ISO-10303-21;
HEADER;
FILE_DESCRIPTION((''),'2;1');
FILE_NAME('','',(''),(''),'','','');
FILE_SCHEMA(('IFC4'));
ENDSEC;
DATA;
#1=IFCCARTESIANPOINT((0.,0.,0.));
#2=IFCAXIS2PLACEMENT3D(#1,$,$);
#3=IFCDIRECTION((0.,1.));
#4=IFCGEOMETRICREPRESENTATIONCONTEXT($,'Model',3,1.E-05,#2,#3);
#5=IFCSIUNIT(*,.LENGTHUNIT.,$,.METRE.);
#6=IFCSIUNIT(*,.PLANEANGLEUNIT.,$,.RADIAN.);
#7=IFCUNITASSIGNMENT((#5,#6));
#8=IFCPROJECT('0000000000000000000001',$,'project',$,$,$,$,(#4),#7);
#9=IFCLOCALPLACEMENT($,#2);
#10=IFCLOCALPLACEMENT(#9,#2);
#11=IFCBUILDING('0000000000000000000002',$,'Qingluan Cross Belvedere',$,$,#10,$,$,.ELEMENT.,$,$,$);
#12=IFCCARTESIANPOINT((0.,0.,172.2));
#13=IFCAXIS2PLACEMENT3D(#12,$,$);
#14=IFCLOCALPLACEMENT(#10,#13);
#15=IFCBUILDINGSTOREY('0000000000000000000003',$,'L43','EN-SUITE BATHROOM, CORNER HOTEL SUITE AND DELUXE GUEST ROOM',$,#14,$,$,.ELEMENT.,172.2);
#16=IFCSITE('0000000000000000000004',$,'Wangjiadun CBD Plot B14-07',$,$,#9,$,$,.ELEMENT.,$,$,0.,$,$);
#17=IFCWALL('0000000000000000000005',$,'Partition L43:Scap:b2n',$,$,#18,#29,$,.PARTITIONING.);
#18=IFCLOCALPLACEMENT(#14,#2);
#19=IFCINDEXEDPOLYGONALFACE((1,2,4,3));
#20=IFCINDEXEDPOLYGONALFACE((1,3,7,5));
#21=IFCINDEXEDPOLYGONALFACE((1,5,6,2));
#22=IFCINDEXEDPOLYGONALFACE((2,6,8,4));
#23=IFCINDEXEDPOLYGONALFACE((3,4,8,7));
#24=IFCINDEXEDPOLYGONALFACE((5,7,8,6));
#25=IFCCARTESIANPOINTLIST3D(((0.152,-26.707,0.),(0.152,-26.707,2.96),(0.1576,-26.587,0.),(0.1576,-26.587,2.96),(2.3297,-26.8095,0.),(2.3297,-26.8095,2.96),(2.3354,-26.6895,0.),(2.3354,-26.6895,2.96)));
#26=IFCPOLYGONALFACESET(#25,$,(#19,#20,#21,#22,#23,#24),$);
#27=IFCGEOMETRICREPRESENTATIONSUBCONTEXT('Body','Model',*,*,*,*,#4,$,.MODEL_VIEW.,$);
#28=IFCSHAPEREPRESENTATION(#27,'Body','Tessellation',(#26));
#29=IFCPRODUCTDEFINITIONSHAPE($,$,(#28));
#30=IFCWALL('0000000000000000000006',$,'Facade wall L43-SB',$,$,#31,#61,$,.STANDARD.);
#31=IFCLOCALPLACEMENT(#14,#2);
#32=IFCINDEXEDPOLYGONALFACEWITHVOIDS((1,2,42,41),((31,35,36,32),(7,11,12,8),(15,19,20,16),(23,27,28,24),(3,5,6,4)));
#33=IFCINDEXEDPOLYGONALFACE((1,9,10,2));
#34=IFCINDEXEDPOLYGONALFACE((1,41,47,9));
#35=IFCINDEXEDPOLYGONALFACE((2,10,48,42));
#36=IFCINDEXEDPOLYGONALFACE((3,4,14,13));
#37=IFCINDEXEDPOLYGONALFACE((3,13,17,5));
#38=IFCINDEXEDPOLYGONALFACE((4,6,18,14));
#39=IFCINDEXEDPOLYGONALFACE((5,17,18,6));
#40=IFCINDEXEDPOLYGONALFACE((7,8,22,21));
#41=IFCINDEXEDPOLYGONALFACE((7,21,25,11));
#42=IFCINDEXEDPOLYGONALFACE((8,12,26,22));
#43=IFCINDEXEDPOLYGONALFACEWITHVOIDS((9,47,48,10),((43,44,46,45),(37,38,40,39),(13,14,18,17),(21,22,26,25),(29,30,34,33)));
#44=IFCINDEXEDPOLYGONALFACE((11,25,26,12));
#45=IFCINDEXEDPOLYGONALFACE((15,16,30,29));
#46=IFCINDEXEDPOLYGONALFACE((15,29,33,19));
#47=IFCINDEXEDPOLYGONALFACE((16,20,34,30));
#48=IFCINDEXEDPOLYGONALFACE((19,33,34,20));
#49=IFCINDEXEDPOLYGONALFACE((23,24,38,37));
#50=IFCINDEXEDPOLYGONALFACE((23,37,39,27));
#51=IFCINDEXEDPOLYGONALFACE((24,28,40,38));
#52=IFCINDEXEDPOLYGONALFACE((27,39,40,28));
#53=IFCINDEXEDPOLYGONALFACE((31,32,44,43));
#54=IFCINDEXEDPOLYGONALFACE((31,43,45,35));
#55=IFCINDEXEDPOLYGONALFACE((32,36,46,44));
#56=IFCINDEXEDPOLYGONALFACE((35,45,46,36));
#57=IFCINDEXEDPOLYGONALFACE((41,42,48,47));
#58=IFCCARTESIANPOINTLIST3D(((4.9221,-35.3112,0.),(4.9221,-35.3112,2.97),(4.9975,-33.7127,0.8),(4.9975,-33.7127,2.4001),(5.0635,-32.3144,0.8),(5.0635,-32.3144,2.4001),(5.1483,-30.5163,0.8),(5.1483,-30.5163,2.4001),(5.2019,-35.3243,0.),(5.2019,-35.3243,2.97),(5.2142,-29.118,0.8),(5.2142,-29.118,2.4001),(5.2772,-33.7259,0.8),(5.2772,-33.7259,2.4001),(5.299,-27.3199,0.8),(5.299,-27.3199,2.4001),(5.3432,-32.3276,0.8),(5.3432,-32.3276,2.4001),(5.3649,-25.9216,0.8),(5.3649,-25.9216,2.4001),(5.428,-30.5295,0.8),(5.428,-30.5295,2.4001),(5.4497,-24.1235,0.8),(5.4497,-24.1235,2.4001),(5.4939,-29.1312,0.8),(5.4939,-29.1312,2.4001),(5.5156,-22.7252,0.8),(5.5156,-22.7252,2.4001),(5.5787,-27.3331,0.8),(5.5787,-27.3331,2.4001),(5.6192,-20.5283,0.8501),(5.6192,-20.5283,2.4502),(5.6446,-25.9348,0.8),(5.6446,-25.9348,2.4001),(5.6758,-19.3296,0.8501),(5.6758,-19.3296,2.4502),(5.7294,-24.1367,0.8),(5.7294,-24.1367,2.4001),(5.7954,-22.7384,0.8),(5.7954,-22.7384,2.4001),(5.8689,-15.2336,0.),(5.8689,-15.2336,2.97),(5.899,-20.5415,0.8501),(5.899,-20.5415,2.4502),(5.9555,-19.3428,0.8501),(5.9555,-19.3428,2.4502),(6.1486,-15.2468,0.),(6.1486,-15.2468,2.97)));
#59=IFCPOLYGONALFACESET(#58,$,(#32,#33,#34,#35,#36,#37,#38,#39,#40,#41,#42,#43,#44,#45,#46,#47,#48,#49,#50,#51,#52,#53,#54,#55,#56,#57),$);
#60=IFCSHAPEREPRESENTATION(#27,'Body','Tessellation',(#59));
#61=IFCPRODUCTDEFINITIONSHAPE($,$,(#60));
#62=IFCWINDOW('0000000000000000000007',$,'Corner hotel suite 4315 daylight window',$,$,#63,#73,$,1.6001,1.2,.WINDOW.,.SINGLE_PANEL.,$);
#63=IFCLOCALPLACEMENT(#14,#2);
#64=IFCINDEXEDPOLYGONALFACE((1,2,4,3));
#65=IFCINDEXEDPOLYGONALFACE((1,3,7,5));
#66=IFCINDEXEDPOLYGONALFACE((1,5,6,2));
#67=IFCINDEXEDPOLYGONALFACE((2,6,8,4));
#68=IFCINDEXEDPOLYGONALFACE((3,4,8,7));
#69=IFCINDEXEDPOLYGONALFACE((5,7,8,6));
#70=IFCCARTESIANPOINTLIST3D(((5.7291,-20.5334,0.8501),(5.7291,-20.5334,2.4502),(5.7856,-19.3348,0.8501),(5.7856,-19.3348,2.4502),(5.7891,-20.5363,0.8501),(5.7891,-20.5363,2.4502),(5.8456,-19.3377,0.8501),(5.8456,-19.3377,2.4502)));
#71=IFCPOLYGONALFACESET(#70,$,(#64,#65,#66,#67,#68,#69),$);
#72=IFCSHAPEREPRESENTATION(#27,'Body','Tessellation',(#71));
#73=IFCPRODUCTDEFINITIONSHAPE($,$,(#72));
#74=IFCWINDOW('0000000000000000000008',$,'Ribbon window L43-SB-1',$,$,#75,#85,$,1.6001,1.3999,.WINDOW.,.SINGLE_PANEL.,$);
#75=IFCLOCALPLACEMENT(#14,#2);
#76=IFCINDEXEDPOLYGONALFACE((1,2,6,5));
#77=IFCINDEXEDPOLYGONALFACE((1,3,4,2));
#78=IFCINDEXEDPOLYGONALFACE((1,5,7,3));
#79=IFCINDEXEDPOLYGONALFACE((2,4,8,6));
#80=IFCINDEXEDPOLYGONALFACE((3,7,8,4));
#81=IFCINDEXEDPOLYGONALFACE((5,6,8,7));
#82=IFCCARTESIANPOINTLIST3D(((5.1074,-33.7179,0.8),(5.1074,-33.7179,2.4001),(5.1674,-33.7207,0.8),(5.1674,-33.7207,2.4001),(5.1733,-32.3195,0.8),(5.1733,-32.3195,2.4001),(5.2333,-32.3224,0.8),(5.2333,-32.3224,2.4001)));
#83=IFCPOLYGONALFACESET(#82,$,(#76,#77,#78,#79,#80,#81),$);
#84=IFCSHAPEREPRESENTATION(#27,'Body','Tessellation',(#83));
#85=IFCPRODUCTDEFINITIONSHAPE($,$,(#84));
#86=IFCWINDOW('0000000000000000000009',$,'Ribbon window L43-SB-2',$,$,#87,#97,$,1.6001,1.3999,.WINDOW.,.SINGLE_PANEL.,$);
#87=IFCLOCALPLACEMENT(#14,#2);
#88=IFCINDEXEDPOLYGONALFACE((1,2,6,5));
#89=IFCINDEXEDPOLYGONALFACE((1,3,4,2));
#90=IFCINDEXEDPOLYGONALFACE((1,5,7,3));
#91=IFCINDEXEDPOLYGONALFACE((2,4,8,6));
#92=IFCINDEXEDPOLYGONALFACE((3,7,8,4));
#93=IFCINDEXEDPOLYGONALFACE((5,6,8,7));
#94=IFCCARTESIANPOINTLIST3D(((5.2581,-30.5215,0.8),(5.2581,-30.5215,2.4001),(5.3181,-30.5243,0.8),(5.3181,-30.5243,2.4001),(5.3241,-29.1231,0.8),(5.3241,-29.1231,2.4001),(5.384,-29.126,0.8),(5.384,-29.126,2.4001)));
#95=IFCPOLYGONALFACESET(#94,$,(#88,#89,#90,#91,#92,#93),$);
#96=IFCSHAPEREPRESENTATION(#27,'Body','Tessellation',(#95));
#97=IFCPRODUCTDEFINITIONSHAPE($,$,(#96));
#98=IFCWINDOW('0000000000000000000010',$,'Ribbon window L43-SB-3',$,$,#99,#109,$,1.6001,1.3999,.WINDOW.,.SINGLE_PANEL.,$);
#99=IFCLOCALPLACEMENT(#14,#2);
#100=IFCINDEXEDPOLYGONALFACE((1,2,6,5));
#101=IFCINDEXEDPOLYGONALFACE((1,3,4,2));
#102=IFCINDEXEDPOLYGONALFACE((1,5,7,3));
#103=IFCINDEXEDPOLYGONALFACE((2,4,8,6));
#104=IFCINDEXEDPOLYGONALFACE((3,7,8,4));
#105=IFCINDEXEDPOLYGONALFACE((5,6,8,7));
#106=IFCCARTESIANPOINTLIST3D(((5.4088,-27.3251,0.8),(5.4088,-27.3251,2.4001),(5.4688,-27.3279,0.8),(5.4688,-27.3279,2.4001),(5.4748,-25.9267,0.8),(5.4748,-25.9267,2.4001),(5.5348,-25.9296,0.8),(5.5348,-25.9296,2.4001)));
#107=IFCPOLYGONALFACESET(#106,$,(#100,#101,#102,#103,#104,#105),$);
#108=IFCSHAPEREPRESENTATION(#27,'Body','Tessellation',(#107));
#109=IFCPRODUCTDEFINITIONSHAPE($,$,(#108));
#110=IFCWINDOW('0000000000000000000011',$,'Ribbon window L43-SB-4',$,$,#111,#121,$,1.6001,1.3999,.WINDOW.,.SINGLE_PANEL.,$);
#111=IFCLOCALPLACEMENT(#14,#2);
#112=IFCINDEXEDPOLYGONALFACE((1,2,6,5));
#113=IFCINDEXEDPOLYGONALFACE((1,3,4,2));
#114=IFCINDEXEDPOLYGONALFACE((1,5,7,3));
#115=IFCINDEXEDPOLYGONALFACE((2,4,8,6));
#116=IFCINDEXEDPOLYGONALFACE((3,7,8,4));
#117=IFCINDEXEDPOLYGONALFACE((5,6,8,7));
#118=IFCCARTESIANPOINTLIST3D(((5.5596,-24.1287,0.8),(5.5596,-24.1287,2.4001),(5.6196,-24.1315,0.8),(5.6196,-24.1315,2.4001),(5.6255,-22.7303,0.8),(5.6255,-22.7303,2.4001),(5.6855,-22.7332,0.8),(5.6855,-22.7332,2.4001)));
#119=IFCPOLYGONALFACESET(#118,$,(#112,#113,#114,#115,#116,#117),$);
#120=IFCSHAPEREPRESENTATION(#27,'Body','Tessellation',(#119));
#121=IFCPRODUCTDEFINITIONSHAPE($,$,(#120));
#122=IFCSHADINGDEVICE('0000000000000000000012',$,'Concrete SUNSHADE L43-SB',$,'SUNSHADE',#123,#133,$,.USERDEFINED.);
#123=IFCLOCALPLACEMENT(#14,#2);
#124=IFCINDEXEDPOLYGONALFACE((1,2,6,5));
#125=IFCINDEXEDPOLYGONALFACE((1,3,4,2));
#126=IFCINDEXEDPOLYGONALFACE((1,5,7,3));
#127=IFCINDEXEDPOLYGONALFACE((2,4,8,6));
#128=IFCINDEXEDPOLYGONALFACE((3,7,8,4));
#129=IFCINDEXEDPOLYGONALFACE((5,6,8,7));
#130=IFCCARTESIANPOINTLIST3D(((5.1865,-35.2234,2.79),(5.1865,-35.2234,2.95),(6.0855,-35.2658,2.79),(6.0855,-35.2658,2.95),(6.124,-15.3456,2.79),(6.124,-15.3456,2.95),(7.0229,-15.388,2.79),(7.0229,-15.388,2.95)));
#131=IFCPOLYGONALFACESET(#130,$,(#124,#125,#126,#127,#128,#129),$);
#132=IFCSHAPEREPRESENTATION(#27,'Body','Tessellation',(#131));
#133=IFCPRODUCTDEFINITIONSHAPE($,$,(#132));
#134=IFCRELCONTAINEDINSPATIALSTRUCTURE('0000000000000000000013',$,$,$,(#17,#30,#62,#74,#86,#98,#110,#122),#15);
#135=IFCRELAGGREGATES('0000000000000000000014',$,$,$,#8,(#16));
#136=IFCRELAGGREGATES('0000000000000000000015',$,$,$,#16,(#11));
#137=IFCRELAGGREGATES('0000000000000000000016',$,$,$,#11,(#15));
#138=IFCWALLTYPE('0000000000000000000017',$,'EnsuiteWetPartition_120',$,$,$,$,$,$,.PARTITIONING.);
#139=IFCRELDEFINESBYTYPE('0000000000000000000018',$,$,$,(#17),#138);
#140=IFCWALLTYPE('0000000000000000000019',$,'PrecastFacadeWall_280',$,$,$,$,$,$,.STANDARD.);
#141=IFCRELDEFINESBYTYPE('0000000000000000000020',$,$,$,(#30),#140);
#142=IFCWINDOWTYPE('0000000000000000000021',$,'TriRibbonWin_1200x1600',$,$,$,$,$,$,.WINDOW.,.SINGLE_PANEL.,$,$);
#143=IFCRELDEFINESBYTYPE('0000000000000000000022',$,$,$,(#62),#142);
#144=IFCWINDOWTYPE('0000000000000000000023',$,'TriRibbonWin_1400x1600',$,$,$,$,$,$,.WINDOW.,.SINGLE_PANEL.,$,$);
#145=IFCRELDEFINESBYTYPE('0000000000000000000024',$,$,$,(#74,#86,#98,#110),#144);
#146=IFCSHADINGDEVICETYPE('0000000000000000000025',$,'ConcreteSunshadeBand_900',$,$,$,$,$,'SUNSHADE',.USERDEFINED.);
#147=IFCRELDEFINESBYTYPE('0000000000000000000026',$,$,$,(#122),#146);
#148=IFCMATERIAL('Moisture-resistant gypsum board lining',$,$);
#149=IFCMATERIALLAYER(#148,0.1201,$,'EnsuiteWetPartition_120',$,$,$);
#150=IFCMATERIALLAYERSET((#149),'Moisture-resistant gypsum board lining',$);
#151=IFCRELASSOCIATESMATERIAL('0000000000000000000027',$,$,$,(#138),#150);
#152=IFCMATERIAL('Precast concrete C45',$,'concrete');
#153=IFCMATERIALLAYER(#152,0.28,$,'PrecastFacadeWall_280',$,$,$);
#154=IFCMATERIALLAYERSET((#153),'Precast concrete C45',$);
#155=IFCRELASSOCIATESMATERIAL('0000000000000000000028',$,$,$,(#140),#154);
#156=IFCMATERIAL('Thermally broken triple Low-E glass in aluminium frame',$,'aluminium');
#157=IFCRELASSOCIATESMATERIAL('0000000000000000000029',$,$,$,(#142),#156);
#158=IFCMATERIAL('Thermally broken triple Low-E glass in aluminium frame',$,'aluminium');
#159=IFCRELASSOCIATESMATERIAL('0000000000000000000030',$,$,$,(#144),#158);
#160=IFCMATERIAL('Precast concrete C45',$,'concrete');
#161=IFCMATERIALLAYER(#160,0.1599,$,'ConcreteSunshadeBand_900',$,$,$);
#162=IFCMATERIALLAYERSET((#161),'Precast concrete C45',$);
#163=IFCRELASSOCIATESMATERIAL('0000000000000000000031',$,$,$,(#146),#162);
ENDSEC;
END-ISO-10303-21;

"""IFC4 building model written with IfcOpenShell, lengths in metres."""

from ifc_helpers import new_model, si_unit, direction, frame, frame_2d, origin, origin_2d, place, context, subcontext, project, spatial, rectangle, extrude, material, layer, layer_set, type_object, element, fill, save


model = new_model("IFC4")

# Units and contexts
model_context = context("Model", 3, precision=1e-05, world=origin(), true_north=direction((0.0, 1.0)))
body_context = subcontext(model_context, "Body", "Model", "MODEL_VIEW")
ifc_project = project(units=[si_unit("LENGTHUNIT", "METRE"), si_unit("PLANEANGLEUNIT", "RADIAN")], contexts=[model_context])

# Site, building, storey
site_placement = place(None, origin())
site = spatial("IfcSite", under=ifc_project, at=site_placement, Name="Wangjiadun CBD Plot B14-07", CompositionType="ELEMENT", RefElevation=0.0)
building_placement = place(site_placement, origin())
building = spatial("IfcBuilding", under=site, at=building_placement, Name="Qingluan Cross Belvedere", CompositionType="ELEMENT")
storey_placement = place(building_placement, frame((0.0, 0.0, 172.2)))
storey = spatial("IfcBuildingStorey", under=building, at=storey_placement, Name="L43", Description="EN-SUITE BATHROOM, CORNER HOTEL SUITE AND DELUXE GUEST ROOM", CompositionType="ELEMENT", Elevation=172.2)

# Shared definitions
ifc_material_1 = material(Name="Moisture-resistant gypsum board lining")
ifc_layer_1 = layer(ifc_material_1, 0.1201, Name="EnsuiteWetPartition_120")
ifc_layer_set_1 = layer_set([ifc_layer_1], Name="Moisture-resistant gypsum board lining")
wall_type_1 = type_object("IfcWallType", Name="EnsuiteWetPartition_120", PredefinedType="PARTITIONING", material=ifc_layer_set_1)

# Wall
wall_1_placement = place(storey_placement, frame((0.1548, -26.647, 0.0), z_axis=(0.0, 0.0, 1.0), x_axis=(0.998893, -0.047033, 0.0)))
element("IfcWall", 1, at=wall_1_placement, inside=storey, type_object=wall_type_1, Name="Partition L43:Scap:b2n", PredefinedType="PARTITIONING", context=body_context, shape_type="SweptSolid", body=[
    extrude(rectangle(XDim=2.1802, YDim=0.1201, at=frame_2d((1.0901, 0.0))), origin(), (0.0, 0.0, 1.0), 2.96),
])

# Wall, openings, windows
ifc_material_2 = material(Name="Precast concrete C45", Category="concrete")
ifc_layer_2 = layer(ifc_material_2, 0.28, Name="PrecastFacadeWall_280")
ifc_layer_set_2 = layer_set([ifc_layer_2], Name="Precast concrete C45")
wall_type_2 = type_object("IfcWallType", Name="PrecastFacadeWall_280", PredefinedType="STANDARD", material=ifc_layer_set_2)
wall_2_placement = place(storey_placement, frame((5.062, -35.3176, 0.0), z_axis=(0.0, 0.0, 1.0), x_axis=(0.047103, 0.99889, 0.0)))
wall_2 = element("IfcWall", 2, at=wall_2_placement, inside=storey, type_object=wall_type_2, Name="Facade wall L43-SB", PredefinedType="STANDARD", context=body_context, shape_type="SweptSolid", body=[
    extrude(rectangle(XDim=20.0999, YDim=0.28, at=frame_2d((10.0498, 0.0))), origin(), (0.0, 0.0, 1.0), 2.97),
])
opening_1_placement = place(wall_2_placement, frame((1.6001, 0.0, 0.8)))
opening_1 = element("IfcOpeningElement", 3, at=opening_1_placement, cuts=wall_2, PredefinedType="OPENING", context=body_context, shape_type="SweptSolid", body=[
    extrude(rectangle(XDim=1.3999, YDim=1.6001, at=frame_2d((0.7, 0.8))), frame((0.0, 0.1499, 0.0), z_axis=(0.0, -1.0, 0.0), x_axis=(1.0, 0.0, 0.0)), (0.0, 0.0, 1.0), 0.3),
])
opening_2_placement = place(wall_2_placement, frame((4.8, 0.0, 0.8)))
opening_2 = element("IfcOpeningElement", 4, at=opening_2_placement, cuts=wall_2, PredefinedType="OPENING", context=body_context, shape_type="SweptSolid", body=[
    extrude(rectangle(XDim=1.3999, YDim=1.6001, at=frame_2d((0.7, 0.8))), frame((0.0, 0.1499, 0.0), z_axis=(0.0, -1.0, 0.0), x_axis=(1.0, 0.0, 0.0)), (0.0, 0.0, 1.0), 0.3),
])
opening_3_placement = place(wall_2_placement, frame((8.0, 0.0, 0.8)))
opening_3 = element("IfcOpeningElement", 5, at=opening_3_placement, cuts=wall_2, PredefinedType="OPENING", context=body_context, shape_type="SweptSolid", body=[
    extrude(rectangle(XDim=1.3999, YDim=1.6001, at=frame_2d((0.7, 0.8))), frame((0.0, 0.1499, 0.0), z_axis=(0.0, -1.0, 0.0), x_axis=(1.0, 0.0, 0.0)), (0.0, 0.0, 1.0), 0.3),
])
opening_4_placement = place(wall_2_placement, frame((11.2, 0.0, 0.8)))
opening_4 = element("IfcOpeningElement", 6, at=opening_4_placement, cuts=wall_2, PredefinedType="OPENING", context=body_context, shape_type="SweptSolid", body=[
    extrude(rectangle(XDim=1.3999, YDim=1.6001, at=frame_2d((0.7, 0.8))), frame((0.0, 0.1499, 0.0), z_axis=(0.0, -1.0, 0.0), x_axis=(1.0, 0.0, 0.0)), (0.0, 0.0, 1.0), 0.3),
])
opening_5_placement = place(wall_2_placement, frame((14.7991, 0.0, 0.8501)))
opening_5 = element("IfcOpeningElement", 7, at=opening_5_placement, cuts=wall_2, PredefinedType="OPENING", context=body_context, shape_type="SweptSolid", body=[
    extrude(rectangle(XDim=1.2, YDim=1.6001, at=frame_2d((0.6001, 0.8))), frame((0.0, 0.1499, 0.0), z_axis=(0.0, -1.0, 0.0), x_axis=(1.0, 0.0, 0.0)), (0.0, 0.0, 1.0), 0.3),
])
ifc_material_3 = material(Name="Thermally broken triple Low-E glass in aluminium frame", Category="aluminium")
window_type_1 = type_object("IfcWindowType", Name="TriRibbonWin_1200x1600", PartitioningType="SINGLE_PANEL", PredefinedType="WINDOW", material=ifc_material_3)
window_1_placement = place(opening_5_placement, origin())
window_1 = element("IfcWindow", 8, at=window_1_placement, inside=storey, type_object=window_type_1, Name="Corner hotel suite 4315 daylight window", OverallHeight=1.6001, OverallWidth=1.2, PartitioningType="SINGLE_PANEL", PredefinedType="WINDOW", context=body_context, shape_type="SweptSolid", body=[
    extrude(rectangle(XDim=1.2, YDim=1.6001, at=frame_2d((0.6001, 0.8))), frame((0.0, 0.03, 0.0), z_axis=(0.0, -1.0, 0.0), x_axis=(1.0, 0.0, 0.0)), (0.0, 0.0, 1.0), 0.0601),
])
fill(opening_5, window_1)
ifc_material_4 = material(Name="Thermally broken triple Low-E glass in aluminium frame", Category="aluminium")
window_type_2 = type_object("IfcWindowType", Name="TriRibbonWin_1400x1600", PartitioningType="SINGLE_PANEL", PredefinedType="WINDOW", material=ifc_material_4)
window_2_placement = place(opening_1_placement, origin())
window_2 = element("IfcWindow", 9, at=window_2_placement, inside=storey, type_object=window_type_2, Name="Ribbon window L43-SB-1", OverallHeight=1.6001, OverallWidth=1.3999, PartitioningType="SINGLE_PANEL", PredefinedType="WINDOW", context=body_context, shape_type="SweptSolid", body=[
    extrude(rectangle(XDim=1.3999, YDim=1.6001, at=frame_2d((0.7, 0.8))), frame((0.0, 0.03, 0.0), z_axis=(0.0, -1.0, 0.0), x_axis=(1.0, 0.0, 0.0)), (0.0, 0.0, 1.0), 0.0601),
])
fill(opening_1, window_2)
window_3_placement = place(opening_2_placement, origin())
window_3 = element("IfcWindow", 10, at=window_3_placement, inside=storey, type_object=window_type_2, Name="Ribbon window L43-SB-2", OverallHeight=1.6001, OverallWidth=1.3999, PartitioningType="SINGLE_PANEL", PredefinedType="WINDOW", context=body_context, shape_type="SweptSolid", body=[
    extrude(rectangle(XDim=1.3999, YDim=1.6001, at=frame_2d((0.7, 0.8))), frame((0.0, 0.03, 0.0), z_axis=(0.0, -1.0, 0.0), x_axis=(1.0, 0.0, 0.0)), (0.0, 0.0, 1.0), 0.0601),
])
fill(opening_2, window_3)
window_4_placement = place(opening_3_placement, origin())
window_4 = element("IfcWindow", 11, at=window_4_placement, inside=storey, type_object=window_type_2, Name="Ribbon window L43-SB-3", OverallHeight=1.6001, OverallWidth=1.3999, PartitioningType="SINGLE_PANEL", PredefinedType="WINDOW", context=body_context, shape_type="SweptSolid", body=[
    extrude(rectangle(XDim=1.3999, YDim=1.6001, at=frame_2d((0.7, 0.8))), frame((0.0, 0.03, 0.0), z_axis=(0.0, -1.0, 0.0), x_axis=(1.0, 0.0, 0.0)), (0.0, 0.0, 1.0), 0.0601),
])
fill(opening_3, window_4)
window_5_placement = place(opening_4_placement, origin())
window_5 = element("IfcWindow", 12, at=window_5_placement, inside=storey, type_object=window_type_2, Name="Ribbon window L43-SB-4", OverallHeight=1.6001, OverallWidth=1.3999, PartitioningType="SINGLE_PANEL", PredefinedType="WINDOW", context=body_context, shape_type="SweptSolid", body=[
    extrude(rectangle(XDim=1.3999, YDim=1.6001, at=frame_2d((0.7, 0.8))), frame((0.0, 0.03, 0.0), z_axis=(0.0, -1.0, 0.0), x_axis=(1.0, 0.0, 0.0)), (0.0, 0.0, 1.0), 0.0601),
])
fill(opening_4, window_5)

# Shading device
ifc_material_5 = material(Name="Precast concrete C45", Category="concrete")
ifc_layer_3 = layer(ifc_material_5, 0.1599, Name="ConcreteSunshadeBand_900")
ifc_layer_set_3 = layer_set([ifc_layer_3], Name="Precast concrete C45")
shading_device_type = type_object("IfcShadingDeviceType", Name="ConcreteSunshadeBand_900", ElementType="SUNSHADE", PredefinedType="USERDEFINED", material=ifc_layer_set_3)
shading_device_placement = place(storey_placement, frame((6.1047, -25.3057, 2.79), z_axis=(0.0, 0.0, 1.0), x_axis=(0.047109, 0.99889, 0.0)))
element("IfcShadingDevice", 13, at=shading_device_placement, inside=storey, type_object=shading_device_type, Name="Concrete SUNSHADE L43-SB", ObjectType="SUNSHADE", PredefinedType="USERDEFINED", context=body_context, shape_type="SweptSolid", body=[
    extrude(rectangle(XDim=19.8999, YDim=0.8999, at=origin_2d()), origin(), (0.0, 0.0, 1.0), 0.1599),
])

save(model, "model.ifc")
